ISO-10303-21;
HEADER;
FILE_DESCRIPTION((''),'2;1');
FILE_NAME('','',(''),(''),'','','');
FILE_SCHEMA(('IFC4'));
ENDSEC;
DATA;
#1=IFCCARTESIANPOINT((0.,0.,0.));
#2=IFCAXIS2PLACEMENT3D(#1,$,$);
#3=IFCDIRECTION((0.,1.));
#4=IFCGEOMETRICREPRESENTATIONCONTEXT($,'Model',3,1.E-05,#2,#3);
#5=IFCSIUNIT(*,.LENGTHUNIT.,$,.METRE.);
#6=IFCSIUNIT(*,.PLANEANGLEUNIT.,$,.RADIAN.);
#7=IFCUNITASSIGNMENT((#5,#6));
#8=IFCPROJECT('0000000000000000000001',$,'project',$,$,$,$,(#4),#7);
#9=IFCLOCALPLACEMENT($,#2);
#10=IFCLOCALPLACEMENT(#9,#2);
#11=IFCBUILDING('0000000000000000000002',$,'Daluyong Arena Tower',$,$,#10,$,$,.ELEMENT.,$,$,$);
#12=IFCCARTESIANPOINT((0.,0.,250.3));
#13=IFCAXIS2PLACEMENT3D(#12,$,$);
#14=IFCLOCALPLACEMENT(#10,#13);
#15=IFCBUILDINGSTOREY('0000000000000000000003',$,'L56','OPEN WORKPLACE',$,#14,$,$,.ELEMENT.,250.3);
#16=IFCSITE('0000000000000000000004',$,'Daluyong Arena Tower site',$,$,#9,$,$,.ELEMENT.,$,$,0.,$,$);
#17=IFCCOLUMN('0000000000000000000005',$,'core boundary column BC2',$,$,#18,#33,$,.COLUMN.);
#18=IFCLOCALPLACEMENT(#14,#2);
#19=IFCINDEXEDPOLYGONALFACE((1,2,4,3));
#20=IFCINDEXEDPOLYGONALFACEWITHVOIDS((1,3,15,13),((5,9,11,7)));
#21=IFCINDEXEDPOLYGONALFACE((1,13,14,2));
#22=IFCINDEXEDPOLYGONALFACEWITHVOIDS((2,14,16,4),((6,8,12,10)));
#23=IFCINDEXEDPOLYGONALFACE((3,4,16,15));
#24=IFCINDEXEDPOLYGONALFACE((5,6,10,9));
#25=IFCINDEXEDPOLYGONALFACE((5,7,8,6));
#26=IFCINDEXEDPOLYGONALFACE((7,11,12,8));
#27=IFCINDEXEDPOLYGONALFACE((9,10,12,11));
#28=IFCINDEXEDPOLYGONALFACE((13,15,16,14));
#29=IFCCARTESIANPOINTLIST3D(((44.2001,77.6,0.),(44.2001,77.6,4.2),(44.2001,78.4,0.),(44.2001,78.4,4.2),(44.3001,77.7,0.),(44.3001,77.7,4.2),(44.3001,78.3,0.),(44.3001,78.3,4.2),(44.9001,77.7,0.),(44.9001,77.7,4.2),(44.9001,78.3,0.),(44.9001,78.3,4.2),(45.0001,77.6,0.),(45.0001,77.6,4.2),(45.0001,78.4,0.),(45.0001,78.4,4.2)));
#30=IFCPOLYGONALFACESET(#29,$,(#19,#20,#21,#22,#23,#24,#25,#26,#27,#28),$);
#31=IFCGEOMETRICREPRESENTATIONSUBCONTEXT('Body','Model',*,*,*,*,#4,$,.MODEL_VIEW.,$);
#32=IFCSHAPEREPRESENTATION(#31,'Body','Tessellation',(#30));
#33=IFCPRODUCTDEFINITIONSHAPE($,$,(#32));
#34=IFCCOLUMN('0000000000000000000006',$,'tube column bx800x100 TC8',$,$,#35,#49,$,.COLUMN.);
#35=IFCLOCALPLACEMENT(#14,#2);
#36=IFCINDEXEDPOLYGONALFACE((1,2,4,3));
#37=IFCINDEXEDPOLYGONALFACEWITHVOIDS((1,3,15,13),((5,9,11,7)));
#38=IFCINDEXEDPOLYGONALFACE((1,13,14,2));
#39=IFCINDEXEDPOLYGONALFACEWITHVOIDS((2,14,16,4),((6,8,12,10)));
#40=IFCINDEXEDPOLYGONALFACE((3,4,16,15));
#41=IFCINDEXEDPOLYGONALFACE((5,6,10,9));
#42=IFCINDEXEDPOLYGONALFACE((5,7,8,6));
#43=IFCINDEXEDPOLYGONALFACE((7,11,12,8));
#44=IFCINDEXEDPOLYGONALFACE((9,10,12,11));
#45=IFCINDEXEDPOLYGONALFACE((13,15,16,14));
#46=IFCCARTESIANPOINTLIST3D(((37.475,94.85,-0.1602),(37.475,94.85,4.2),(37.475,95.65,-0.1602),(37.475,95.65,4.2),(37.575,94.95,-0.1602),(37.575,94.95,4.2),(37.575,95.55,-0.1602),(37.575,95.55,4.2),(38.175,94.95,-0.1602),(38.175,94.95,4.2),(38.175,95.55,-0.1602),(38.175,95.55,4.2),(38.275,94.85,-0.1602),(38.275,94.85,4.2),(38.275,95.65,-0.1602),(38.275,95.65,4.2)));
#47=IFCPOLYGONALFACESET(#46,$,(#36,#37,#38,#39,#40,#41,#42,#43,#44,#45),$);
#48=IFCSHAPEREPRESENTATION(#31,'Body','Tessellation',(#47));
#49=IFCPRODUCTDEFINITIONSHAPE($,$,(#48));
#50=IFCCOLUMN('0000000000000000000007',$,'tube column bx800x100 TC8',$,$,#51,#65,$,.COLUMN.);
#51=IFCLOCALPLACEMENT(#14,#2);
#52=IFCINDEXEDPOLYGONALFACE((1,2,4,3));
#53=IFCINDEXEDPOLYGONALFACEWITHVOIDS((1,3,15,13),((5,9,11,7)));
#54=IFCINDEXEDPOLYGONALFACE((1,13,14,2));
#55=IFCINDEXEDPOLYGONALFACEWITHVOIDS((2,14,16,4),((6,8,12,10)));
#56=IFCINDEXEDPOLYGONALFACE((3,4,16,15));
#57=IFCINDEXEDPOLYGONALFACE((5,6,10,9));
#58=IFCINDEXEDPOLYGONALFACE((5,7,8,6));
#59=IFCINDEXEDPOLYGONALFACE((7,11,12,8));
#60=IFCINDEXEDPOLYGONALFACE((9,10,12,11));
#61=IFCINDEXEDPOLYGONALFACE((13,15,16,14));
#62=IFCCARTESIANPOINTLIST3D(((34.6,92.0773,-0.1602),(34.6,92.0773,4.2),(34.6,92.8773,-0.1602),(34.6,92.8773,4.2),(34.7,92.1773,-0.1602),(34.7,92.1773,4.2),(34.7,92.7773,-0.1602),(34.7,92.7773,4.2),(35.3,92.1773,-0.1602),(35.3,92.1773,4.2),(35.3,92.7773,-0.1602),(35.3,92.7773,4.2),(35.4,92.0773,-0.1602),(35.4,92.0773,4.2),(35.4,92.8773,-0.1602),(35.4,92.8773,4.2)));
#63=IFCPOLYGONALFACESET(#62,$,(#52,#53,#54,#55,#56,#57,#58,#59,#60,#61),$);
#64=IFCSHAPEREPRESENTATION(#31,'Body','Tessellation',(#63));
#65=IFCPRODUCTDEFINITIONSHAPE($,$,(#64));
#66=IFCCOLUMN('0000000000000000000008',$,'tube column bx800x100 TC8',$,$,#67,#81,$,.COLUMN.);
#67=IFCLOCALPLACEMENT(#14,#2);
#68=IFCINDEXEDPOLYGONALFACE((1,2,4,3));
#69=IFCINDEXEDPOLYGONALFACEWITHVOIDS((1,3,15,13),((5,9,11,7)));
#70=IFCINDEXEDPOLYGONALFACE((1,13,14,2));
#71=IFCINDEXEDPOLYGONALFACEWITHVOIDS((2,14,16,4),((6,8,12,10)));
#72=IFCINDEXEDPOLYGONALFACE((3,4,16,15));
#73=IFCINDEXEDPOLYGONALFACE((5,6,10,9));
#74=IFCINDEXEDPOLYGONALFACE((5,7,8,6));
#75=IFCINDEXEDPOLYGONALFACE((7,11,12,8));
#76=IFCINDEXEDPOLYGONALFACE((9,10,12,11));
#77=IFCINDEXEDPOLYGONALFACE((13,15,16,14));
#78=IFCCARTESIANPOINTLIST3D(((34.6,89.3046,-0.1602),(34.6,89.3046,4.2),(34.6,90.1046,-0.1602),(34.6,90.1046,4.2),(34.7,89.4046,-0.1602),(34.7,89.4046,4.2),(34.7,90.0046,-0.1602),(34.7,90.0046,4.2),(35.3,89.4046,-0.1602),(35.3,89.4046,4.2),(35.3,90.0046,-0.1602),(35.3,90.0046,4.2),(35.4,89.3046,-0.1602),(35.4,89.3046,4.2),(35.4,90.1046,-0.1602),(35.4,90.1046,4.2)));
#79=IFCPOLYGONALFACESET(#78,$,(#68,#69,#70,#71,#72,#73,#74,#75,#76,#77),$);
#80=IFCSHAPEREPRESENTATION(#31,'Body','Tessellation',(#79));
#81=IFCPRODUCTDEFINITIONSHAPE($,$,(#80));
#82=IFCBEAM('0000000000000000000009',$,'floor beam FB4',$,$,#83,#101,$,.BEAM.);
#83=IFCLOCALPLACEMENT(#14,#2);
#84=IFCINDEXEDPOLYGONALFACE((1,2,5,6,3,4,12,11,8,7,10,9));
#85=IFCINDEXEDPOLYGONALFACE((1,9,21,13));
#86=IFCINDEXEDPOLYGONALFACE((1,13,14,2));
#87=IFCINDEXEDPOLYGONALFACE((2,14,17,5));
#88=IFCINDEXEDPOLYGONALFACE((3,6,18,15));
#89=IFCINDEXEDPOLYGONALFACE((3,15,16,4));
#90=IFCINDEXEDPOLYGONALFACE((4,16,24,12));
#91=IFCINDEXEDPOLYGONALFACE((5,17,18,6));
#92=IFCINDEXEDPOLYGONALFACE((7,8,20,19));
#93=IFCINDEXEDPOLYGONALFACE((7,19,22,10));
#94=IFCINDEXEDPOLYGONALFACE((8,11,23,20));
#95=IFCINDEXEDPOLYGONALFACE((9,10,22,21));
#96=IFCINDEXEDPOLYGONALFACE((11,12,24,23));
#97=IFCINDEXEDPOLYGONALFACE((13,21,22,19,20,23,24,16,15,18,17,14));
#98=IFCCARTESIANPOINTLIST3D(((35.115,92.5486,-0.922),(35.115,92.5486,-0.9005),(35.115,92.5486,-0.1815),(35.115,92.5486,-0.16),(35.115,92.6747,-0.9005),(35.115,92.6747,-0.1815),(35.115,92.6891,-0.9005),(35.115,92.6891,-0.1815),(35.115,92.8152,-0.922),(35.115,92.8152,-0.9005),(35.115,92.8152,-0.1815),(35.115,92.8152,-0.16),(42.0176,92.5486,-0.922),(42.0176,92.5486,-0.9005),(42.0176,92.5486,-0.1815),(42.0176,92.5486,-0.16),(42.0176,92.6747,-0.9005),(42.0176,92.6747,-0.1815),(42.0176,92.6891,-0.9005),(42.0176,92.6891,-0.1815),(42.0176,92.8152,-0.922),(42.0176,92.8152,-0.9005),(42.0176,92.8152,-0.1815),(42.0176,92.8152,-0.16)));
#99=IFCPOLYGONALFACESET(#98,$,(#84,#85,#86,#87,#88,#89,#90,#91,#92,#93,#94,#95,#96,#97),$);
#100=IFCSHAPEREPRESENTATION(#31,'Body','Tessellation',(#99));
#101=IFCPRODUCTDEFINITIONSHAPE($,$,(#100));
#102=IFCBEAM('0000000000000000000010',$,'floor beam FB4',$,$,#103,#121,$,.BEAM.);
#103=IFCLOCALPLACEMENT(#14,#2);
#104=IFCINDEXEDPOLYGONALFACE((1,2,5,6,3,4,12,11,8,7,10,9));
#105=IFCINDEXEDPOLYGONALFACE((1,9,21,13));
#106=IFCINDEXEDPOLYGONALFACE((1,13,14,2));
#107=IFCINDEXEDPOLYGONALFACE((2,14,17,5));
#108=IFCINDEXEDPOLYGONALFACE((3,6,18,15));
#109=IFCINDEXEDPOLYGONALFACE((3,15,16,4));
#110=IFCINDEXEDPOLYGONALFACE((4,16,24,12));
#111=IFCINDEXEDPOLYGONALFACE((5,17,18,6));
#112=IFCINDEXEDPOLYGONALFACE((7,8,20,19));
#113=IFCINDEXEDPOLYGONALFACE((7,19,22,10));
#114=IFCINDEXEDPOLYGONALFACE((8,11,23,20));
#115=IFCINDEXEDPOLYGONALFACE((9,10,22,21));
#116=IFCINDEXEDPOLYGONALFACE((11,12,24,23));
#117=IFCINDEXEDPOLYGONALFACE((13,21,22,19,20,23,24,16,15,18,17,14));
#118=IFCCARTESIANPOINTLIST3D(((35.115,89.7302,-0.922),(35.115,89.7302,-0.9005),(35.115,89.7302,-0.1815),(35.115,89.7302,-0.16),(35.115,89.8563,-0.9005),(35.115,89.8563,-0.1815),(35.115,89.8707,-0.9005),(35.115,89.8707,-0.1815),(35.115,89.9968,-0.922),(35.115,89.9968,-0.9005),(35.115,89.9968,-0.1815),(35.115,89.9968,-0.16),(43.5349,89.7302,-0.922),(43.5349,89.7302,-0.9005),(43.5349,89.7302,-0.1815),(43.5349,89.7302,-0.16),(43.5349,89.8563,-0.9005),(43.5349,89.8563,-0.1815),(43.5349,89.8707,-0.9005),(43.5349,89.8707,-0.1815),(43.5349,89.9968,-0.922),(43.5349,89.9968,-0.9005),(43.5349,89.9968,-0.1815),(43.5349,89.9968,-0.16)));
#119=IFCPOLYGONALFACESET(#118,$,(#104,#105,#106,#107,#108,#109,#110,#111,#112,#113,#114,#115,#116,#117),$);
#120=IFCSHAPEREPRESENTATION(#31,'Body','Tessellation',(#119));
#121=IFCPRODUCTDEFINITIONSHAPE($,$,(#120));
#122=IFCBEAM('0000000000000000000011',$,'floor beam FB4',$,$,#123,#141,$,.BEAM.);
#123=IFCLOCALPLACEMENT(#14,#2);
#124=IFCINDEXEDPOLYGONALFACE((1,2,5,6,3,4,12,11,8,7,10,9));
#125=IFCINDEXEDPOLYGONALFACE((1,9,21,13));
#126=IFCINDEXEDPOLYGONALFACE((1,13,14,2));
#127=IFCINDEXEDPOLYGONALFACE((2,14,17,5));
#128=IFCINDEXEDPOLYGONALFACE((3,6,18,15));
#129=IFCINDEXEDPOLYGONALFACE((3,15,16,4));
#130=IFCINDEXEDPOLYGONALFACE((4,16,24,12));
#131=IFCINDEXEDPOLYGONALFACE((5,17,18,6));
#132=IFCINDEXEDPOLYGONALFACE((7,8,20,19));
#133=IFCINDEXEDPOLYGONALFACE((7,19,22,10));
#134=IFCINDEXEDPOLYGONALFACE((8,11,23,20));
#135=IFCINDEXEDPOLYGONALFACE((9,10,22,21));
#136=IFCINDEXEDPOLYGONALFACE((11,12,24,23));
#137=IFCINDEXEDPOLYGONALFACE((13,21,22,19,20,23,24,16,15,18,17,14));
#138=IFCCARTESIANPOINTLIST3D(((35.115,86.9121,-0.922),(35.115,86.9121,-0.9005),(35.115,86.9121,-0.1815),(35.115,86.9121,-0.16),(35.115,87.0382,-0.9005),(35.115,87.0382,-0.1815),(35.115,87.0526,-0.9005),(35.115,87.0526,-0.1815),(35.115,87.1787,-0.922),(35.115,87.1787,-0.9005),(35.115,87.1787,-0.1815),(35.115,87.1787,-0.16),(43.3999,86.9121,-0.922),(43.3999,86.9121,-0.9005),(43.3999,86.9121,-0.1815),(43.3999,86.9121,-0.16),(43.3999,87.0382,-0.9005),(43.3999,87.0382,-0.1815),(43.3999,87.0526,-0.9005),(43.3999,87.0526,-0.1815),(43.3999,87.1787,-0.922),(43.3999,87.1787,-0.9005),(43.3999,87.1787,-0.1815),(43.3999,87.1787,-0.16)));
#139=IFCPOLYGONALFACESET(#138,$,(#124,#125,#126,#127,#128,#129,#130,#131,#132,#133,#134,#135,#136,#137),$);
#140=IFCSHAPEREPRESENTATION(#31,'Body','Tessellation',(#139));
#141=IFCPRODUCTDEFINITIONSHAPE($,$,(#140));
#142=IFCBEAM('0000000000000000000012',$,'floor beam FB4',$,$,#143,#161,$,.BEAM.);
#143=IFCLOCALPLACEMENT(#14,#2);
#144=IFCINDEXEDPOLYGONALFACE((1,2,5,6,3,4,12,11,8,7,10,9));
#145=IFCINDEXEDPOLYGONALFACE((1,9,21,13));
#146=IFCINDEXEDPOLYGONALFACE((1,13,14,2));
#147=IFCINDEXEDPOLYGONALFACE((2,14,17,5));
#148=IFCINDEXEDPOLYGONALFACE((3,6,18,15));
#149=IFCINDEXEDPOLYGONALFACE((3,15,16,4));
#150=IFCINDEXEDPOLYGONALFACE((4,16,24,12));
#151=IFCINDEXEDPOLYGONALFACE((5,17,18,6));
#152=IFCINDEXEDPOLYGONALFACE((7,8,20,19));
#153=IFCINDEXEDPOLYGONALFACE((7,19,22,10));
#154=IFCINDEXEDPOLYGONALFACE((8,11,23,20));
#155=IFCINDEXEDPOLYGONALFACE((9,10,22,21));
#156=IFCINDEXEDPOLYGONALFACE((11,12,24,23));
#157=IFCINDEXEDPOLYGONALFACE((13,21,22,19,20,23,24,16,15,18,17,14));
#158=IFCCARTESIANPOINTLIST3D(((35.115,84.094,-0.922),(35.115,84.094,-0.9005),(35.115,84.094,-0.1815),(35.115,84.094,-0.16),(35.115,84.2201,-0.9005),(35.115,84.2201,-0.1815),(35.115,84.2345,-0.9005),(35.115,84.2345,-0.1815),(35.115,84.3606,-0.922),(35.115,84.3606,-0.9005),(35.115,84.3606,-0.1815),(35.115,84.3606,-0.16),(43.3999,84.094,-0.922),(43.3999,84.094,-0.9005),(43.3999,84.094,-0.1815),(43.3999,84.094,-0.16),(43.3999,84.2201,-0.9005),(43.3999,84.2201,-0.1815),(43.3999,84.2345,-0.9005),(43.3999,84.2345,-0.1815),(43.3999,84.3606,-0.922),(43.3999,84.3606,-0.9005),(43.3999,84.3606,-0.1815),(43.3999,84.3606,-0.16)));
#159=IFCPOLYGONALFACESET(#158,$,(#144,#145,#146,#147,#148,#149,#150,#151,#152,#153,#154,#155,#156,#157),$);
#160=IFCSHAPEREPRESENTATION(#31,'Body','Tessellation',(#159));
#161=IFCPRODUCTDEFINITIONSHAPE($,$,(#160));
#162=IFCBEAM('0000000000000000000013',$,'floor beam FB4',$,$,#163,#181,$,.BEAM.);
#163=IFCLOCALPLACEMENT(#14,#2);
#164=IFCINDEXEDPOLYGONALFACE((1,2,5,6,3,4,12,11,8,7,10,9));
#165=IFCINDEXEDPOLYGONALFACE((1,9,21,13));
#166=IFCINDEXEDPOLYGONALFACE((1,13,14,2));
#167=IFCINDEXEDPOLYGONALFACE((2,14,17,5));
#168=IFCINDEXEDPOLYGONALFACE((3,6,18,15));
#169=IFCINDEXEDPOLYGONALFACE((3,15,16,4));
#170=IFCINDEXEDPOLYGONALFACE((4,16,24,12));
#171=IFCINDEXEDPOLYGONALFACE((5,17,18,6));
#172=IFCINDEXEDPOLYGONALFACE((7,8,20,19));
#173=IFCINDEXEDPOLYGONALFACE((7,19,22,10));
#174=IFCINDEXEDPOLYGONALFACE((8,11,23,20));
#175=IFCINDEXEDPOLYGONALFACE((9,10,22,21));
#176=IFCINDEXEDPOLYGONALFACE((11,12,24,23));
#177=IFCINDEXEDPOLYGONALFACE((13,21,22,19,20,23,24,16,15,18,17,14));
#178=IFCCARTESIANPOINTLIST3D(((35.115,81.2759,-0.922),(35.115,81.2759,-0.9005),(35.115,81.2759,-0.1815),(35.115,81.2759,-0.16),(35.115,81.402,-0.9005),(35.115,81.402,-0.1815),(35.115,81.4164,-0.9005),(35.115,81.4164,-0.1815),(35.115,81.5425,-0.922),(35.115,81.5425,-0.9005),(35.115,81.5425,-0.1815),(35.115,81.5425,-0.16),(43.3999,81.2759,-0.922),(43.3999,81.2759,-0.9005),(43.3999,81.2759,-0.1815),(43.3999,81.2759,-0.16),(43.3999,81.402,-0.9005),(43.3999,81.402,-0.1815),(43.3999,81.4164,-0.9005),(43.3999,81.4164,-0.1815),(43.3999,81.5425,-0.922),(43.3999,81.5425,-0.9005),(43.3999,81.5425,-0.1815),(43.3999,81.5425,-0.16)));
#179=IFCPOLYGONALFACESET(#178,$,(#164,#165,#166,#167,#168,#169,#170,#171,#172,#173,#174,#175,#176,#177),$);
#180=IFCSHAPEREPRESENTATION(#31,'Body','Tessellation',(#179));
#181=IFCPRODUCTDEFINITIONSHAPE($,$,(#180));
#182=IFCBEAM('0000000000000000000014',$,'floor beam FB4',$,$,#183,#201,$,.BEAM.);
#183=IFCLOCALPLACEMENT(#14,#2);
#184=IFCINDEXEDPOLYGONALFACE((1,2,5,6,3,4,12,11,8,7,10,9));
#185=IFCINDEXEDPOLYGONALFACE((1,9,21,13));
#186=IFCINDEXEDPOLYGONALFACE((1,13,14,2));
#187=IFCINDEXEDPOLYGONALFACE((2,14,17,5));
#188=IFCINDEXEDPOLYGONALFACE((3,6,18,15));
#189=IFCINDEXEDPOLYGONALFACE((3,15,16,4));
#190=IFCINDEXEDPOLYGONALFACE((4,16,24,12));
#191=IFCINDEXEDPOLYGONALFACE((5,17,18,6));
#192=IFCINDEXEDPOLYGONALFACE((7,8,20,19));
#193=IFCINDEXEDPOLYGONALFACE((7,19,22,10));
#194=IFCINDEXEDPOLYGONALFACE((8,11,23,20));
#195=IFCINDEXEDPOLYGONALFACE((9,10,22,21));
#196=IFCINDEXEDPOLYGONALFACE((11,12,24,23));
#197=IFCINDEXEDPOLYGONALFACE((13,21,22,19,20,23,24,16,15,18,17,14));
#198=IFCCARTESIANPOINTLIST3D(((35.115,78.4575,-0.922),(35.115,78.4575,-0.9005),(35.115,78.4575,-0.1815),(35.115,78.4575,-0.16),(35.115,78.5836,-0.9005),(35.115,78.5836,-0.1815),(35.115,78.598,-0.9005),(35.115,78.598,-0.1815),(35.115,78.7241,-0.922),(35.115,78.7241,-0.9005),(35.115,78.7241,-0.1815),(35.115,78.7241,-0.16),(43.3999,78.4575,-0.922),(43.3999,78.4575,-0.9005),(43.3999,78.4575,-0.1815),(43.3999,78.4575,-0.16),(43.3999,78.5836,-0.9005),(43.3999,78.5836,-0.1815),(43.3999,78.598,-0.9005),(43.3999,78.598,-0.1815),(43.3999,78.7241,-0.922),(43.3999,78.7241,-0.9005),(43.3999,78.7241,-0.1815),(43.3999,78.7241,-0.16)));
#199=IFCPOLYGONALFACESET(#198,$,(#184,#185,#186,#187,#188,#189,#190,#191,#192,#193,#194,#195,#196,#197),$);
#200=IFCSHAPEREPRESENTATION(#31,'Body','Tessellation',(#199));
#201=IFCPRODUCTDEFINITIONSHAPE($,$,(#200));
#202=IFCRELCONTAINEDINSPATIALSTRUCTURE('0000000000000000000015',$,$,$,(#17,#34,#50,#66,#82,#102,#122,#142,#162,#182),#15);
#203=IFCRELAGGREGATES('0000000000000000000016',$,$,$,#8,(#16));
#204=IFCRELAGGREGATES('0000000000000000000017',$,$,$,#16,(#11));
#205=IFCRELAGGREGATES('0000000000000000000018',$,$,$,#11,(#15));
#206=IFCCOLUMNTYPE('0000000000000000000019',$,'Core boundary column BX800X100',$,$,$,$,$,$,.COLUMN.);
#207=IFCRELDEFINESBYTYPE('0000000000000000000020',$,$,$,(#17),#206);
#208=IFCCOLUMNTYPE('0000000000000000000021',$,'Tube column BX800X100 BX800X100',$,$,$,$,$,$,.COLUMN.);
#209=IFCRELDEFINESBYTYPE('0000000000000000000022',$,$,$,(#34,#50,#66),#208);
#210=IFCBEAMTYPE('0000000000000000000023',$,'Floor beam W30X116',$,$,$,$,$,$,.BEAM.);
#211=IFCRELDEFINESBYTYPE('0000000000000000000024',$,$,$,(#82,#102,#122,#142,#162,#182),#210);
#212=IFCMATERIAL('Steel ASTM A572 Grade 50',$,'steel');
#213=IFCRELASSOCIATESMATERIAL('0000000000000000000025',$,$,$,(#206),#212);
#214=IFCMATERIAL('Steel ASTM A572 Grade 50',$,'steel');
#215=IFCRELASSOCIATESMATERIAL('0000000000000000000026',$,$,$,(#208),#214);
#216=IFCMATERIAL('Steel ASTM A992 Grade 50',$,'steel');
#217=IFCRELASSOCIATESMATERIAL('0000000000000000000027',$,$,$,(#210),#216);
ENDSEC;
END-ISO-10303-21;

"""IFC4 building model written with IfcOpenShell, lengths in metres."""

from ifc_helpers import new_model, si_unit, direction, frame, origin, origin_2d, place, context, subcontext, project, spatial, hollow_rectangle, i_section, extrude, material, material_profile, profile_set, type_object, element, save


model = new_model("IFC4")

# Units and contexts
model_context = context("Model", 3, precision=1e-05, world=origin(), true_north=direction((0.0, 1.0)))
body_context = subcontext(model_context, "Body", "Model", "MODEL_VIEW")
ifc_project = project(units=[si_unit("LENGTHUNIT", "METRE"), si_unit("PLANEANGLEUNIT", "RADIAN")], contexts=[model_context])

# Site, building, storey
site_placement = place(None, origin())
site = spatial("IfcSite", under=ifc_project, at=site_placement, Name="Daluyong Arena Tower site", CompositionType="ELEMENT", RefElevation=0.0)
building_placement = place(site_placement, origin())
building = spatial("IfcBuilding", under=site, at=building_placement, Name="Daluyong Arena Tower", CompositionType="ELEMENT")
storey_placement = place(building_placement, frame((0.0, 0.0, 250.3)))
storey = spatial("IfcBuildingStorey", under=building, at=storey_placement, Name="L56", Description="OPEN WORKPLACE", CompositionType="ELEMENT", Elevation=250.3)

# Columns
ifc_material_1 = material(Name="Steel ASTM A572 Grade 50", Category="steel")
ifc_material_profile_1 = material_profile(ifc_material_1, hollow_rectangle(XDim=0.8, YDim=0.8, WallThickness=0.1, at=origin_2d()))
ifc_profile_set_1 = profile_set([ifc_material_profile_1], Name="Steel ASTM A572 Grade 50")
column_type_1 = type_object("IfcColumnType", Name="Core boundary column BX800X100", PredefinedType="COLUMN", material=ifc_profile_set_1)
column_placement = place(storey_placement, frame((44.6001, 78.0, 0.0), z_axis=(0.0, 0.0, 1.0), x_axis=(1.0, 0.0, 0.0)))
element("IfcColumn", 1, at=column_placement, inside=storey, type_object=column_type_1, Name="core boundary column BC2", PredefinedType="COLUMN", context=body_context, shape_type="SweptSolid", body=[
    extrude(hollow_rectangle(XDim=0.8, YDim=0.8, WallThickness=0.1, at=origin_2d()), origin(), (0.0, 0.0, 1.0), 4.2),
])
ifc_material_2 = material(Name="Steel ASTM A572 Grade 50", Category="steel")
ifc_material_profile_2 = material_profile(ifc_material_2, hollow_rectangle(XDim=0.8, YDim=0.8, WallThickness=0.1, at=origin_2d()))
ifc_profile_set_2 = profile_set([ifc_material_profile_2], Name="Steel ASTM A572 Grade 50")
column_type_2 = type_object("IfcColumnType", Name="Tube column BX800X100 BX800X100", PredefinedType="COLUMN", material=ifc_profile_set_2)
for number, where, z_axis, x_axis, name in (
    (2, (37.875, 95.25, -0.1602), (0.0, 0.0, 1.0), (1.0, 0.0, 0.0), "tube column bx800x100 TC8"),
    (3, (35.0, 92.4773, -0.1602), (0.0, 0.0, 1.0), (0.0, 1.0, 0.0), "tube column bx800x100 TC8"),
    (4, (35.0, 89.7046, -0.1602), (0.0, 0.0, 1.0), (0.0, 1.0, 0.0), "tube column bx800x100 TC8"),
):
    element("IfcColumn", number, at=place(storey_placement, frame(where, z_axis=z_axis, x_axis=x_axis)), inside=storey, type_object=column_type_2, Name=name, PredefinedType="COLUMN", context=body_context, shape_type="SweptSolid", body=[
        extrude(hollow_rectangle(XDim=0.8, YDim=0.8, WallThickness=0.1, at=origin_2d()), origin(), (0.0, 0.0, 1.0), 4.3601),
    ])

# Beams
ifc_material_3 = material(Name="Steel ASTM A992 Grade 50", Category="steel")
ifc_material_profile_3 = material_profile(ifc_material_3, i_section(OverallWidth=0.2666, OverallDepth=0.762, WebThickness=0.0144, FlangeThickness=0.0215, at=origin_2d()))
ifc_profile_set_3 = profile_set([ifc_material_profile_3], Name="Steel ASTM A992 Grade 50")
beam_type_1 = type_object("IfcBeamType", Name="Floor beam W30X116", PredefinedType="BEAM", material=ifc_profile_set_3)
beam_1_placement = place(storey_placement, frame((35.115, 92.6819, -0.541), z_axis=(1.0, 0.0, 0.0), x_axis=(0.0, 1.0, 0.0)))
element("IfcBeam", 5, at=beam_1_placement, inside=storey, type_object=beam_type_1, Name="floor beam FB4", PredefinedType="BEAM", context=body_context, shape_type="SweptSolid", body=[
    extrude(i_section(OverallWidth=0.2666, OverallDepth=0.762, WebThickness=0.0144, FlangeThickness=0.0215, at=origin_2d()), origin(), (0.0, 0.0, 1.0), 6.9026),
])
beam_2_placement = place(storey_placement, frame((35.115, 89.8635, -0.541), z_axis=(1.0, 0.0, 0.0), x_axis=(0.0, 1.0, 0.0)))
element("IfcBeam", 6, at=beam_2_placement, inside=storey, type_object=beam_type_1, Name="floor beam FB4", PredefinedType="BEAM", context=body_context, shape_type="SweptSolid", body=[
    extrude(i_section(OverallWidth=0.2666, OverallDepth=0.762, WebThickness=0.0144, FlangeThickness=0.0215, at=origin_2d()), origin(), (0.0, 0.0, 1.0), 8.4199),
])
for number, where, z_axis, x_axis, name in (
    (7, (35.115, 87.0454, -0.541), (1.0, 0.0, 0.0), (0.0, 1.0, 0.0), "floor beam FB4"),
    (8, (35.115, 84.2273, -0.541), (1.0, 0.0, 0.0), (0.0, 1.0, 0.0), "floor beam FB4"),
    (9, (35.115, 81.4092, -0.541), (1.0, 0.0, 0.0), (0.0, 1.0, 0.0), "floor beam FB4"),
    (10, (35.115, 78.5908, -0.541), (1.0, 0.0, 0.0), (0.0, 1.0, 0.0), "floor beam FB4"),
):
    element("IfcBeam", number, at=place(storey_placement, frame(where, z_axis=z_axis, x_axis=x_axis)), inside=storey, type_object=beam_type_1, Name=name, PredefinedType="BEAM", context=body_context, shape_type="SweptSolid", body=[
        extrude(i_section(OverallWidth=0.2666, OverallDepth=0.762, WebThickness=0.0144, FlangeThickness=0.0215, at=origin_2d()), origin(), (0.0, 0.0, 1.0), 8.2849),
    ])

save(model, "model.ifc")
